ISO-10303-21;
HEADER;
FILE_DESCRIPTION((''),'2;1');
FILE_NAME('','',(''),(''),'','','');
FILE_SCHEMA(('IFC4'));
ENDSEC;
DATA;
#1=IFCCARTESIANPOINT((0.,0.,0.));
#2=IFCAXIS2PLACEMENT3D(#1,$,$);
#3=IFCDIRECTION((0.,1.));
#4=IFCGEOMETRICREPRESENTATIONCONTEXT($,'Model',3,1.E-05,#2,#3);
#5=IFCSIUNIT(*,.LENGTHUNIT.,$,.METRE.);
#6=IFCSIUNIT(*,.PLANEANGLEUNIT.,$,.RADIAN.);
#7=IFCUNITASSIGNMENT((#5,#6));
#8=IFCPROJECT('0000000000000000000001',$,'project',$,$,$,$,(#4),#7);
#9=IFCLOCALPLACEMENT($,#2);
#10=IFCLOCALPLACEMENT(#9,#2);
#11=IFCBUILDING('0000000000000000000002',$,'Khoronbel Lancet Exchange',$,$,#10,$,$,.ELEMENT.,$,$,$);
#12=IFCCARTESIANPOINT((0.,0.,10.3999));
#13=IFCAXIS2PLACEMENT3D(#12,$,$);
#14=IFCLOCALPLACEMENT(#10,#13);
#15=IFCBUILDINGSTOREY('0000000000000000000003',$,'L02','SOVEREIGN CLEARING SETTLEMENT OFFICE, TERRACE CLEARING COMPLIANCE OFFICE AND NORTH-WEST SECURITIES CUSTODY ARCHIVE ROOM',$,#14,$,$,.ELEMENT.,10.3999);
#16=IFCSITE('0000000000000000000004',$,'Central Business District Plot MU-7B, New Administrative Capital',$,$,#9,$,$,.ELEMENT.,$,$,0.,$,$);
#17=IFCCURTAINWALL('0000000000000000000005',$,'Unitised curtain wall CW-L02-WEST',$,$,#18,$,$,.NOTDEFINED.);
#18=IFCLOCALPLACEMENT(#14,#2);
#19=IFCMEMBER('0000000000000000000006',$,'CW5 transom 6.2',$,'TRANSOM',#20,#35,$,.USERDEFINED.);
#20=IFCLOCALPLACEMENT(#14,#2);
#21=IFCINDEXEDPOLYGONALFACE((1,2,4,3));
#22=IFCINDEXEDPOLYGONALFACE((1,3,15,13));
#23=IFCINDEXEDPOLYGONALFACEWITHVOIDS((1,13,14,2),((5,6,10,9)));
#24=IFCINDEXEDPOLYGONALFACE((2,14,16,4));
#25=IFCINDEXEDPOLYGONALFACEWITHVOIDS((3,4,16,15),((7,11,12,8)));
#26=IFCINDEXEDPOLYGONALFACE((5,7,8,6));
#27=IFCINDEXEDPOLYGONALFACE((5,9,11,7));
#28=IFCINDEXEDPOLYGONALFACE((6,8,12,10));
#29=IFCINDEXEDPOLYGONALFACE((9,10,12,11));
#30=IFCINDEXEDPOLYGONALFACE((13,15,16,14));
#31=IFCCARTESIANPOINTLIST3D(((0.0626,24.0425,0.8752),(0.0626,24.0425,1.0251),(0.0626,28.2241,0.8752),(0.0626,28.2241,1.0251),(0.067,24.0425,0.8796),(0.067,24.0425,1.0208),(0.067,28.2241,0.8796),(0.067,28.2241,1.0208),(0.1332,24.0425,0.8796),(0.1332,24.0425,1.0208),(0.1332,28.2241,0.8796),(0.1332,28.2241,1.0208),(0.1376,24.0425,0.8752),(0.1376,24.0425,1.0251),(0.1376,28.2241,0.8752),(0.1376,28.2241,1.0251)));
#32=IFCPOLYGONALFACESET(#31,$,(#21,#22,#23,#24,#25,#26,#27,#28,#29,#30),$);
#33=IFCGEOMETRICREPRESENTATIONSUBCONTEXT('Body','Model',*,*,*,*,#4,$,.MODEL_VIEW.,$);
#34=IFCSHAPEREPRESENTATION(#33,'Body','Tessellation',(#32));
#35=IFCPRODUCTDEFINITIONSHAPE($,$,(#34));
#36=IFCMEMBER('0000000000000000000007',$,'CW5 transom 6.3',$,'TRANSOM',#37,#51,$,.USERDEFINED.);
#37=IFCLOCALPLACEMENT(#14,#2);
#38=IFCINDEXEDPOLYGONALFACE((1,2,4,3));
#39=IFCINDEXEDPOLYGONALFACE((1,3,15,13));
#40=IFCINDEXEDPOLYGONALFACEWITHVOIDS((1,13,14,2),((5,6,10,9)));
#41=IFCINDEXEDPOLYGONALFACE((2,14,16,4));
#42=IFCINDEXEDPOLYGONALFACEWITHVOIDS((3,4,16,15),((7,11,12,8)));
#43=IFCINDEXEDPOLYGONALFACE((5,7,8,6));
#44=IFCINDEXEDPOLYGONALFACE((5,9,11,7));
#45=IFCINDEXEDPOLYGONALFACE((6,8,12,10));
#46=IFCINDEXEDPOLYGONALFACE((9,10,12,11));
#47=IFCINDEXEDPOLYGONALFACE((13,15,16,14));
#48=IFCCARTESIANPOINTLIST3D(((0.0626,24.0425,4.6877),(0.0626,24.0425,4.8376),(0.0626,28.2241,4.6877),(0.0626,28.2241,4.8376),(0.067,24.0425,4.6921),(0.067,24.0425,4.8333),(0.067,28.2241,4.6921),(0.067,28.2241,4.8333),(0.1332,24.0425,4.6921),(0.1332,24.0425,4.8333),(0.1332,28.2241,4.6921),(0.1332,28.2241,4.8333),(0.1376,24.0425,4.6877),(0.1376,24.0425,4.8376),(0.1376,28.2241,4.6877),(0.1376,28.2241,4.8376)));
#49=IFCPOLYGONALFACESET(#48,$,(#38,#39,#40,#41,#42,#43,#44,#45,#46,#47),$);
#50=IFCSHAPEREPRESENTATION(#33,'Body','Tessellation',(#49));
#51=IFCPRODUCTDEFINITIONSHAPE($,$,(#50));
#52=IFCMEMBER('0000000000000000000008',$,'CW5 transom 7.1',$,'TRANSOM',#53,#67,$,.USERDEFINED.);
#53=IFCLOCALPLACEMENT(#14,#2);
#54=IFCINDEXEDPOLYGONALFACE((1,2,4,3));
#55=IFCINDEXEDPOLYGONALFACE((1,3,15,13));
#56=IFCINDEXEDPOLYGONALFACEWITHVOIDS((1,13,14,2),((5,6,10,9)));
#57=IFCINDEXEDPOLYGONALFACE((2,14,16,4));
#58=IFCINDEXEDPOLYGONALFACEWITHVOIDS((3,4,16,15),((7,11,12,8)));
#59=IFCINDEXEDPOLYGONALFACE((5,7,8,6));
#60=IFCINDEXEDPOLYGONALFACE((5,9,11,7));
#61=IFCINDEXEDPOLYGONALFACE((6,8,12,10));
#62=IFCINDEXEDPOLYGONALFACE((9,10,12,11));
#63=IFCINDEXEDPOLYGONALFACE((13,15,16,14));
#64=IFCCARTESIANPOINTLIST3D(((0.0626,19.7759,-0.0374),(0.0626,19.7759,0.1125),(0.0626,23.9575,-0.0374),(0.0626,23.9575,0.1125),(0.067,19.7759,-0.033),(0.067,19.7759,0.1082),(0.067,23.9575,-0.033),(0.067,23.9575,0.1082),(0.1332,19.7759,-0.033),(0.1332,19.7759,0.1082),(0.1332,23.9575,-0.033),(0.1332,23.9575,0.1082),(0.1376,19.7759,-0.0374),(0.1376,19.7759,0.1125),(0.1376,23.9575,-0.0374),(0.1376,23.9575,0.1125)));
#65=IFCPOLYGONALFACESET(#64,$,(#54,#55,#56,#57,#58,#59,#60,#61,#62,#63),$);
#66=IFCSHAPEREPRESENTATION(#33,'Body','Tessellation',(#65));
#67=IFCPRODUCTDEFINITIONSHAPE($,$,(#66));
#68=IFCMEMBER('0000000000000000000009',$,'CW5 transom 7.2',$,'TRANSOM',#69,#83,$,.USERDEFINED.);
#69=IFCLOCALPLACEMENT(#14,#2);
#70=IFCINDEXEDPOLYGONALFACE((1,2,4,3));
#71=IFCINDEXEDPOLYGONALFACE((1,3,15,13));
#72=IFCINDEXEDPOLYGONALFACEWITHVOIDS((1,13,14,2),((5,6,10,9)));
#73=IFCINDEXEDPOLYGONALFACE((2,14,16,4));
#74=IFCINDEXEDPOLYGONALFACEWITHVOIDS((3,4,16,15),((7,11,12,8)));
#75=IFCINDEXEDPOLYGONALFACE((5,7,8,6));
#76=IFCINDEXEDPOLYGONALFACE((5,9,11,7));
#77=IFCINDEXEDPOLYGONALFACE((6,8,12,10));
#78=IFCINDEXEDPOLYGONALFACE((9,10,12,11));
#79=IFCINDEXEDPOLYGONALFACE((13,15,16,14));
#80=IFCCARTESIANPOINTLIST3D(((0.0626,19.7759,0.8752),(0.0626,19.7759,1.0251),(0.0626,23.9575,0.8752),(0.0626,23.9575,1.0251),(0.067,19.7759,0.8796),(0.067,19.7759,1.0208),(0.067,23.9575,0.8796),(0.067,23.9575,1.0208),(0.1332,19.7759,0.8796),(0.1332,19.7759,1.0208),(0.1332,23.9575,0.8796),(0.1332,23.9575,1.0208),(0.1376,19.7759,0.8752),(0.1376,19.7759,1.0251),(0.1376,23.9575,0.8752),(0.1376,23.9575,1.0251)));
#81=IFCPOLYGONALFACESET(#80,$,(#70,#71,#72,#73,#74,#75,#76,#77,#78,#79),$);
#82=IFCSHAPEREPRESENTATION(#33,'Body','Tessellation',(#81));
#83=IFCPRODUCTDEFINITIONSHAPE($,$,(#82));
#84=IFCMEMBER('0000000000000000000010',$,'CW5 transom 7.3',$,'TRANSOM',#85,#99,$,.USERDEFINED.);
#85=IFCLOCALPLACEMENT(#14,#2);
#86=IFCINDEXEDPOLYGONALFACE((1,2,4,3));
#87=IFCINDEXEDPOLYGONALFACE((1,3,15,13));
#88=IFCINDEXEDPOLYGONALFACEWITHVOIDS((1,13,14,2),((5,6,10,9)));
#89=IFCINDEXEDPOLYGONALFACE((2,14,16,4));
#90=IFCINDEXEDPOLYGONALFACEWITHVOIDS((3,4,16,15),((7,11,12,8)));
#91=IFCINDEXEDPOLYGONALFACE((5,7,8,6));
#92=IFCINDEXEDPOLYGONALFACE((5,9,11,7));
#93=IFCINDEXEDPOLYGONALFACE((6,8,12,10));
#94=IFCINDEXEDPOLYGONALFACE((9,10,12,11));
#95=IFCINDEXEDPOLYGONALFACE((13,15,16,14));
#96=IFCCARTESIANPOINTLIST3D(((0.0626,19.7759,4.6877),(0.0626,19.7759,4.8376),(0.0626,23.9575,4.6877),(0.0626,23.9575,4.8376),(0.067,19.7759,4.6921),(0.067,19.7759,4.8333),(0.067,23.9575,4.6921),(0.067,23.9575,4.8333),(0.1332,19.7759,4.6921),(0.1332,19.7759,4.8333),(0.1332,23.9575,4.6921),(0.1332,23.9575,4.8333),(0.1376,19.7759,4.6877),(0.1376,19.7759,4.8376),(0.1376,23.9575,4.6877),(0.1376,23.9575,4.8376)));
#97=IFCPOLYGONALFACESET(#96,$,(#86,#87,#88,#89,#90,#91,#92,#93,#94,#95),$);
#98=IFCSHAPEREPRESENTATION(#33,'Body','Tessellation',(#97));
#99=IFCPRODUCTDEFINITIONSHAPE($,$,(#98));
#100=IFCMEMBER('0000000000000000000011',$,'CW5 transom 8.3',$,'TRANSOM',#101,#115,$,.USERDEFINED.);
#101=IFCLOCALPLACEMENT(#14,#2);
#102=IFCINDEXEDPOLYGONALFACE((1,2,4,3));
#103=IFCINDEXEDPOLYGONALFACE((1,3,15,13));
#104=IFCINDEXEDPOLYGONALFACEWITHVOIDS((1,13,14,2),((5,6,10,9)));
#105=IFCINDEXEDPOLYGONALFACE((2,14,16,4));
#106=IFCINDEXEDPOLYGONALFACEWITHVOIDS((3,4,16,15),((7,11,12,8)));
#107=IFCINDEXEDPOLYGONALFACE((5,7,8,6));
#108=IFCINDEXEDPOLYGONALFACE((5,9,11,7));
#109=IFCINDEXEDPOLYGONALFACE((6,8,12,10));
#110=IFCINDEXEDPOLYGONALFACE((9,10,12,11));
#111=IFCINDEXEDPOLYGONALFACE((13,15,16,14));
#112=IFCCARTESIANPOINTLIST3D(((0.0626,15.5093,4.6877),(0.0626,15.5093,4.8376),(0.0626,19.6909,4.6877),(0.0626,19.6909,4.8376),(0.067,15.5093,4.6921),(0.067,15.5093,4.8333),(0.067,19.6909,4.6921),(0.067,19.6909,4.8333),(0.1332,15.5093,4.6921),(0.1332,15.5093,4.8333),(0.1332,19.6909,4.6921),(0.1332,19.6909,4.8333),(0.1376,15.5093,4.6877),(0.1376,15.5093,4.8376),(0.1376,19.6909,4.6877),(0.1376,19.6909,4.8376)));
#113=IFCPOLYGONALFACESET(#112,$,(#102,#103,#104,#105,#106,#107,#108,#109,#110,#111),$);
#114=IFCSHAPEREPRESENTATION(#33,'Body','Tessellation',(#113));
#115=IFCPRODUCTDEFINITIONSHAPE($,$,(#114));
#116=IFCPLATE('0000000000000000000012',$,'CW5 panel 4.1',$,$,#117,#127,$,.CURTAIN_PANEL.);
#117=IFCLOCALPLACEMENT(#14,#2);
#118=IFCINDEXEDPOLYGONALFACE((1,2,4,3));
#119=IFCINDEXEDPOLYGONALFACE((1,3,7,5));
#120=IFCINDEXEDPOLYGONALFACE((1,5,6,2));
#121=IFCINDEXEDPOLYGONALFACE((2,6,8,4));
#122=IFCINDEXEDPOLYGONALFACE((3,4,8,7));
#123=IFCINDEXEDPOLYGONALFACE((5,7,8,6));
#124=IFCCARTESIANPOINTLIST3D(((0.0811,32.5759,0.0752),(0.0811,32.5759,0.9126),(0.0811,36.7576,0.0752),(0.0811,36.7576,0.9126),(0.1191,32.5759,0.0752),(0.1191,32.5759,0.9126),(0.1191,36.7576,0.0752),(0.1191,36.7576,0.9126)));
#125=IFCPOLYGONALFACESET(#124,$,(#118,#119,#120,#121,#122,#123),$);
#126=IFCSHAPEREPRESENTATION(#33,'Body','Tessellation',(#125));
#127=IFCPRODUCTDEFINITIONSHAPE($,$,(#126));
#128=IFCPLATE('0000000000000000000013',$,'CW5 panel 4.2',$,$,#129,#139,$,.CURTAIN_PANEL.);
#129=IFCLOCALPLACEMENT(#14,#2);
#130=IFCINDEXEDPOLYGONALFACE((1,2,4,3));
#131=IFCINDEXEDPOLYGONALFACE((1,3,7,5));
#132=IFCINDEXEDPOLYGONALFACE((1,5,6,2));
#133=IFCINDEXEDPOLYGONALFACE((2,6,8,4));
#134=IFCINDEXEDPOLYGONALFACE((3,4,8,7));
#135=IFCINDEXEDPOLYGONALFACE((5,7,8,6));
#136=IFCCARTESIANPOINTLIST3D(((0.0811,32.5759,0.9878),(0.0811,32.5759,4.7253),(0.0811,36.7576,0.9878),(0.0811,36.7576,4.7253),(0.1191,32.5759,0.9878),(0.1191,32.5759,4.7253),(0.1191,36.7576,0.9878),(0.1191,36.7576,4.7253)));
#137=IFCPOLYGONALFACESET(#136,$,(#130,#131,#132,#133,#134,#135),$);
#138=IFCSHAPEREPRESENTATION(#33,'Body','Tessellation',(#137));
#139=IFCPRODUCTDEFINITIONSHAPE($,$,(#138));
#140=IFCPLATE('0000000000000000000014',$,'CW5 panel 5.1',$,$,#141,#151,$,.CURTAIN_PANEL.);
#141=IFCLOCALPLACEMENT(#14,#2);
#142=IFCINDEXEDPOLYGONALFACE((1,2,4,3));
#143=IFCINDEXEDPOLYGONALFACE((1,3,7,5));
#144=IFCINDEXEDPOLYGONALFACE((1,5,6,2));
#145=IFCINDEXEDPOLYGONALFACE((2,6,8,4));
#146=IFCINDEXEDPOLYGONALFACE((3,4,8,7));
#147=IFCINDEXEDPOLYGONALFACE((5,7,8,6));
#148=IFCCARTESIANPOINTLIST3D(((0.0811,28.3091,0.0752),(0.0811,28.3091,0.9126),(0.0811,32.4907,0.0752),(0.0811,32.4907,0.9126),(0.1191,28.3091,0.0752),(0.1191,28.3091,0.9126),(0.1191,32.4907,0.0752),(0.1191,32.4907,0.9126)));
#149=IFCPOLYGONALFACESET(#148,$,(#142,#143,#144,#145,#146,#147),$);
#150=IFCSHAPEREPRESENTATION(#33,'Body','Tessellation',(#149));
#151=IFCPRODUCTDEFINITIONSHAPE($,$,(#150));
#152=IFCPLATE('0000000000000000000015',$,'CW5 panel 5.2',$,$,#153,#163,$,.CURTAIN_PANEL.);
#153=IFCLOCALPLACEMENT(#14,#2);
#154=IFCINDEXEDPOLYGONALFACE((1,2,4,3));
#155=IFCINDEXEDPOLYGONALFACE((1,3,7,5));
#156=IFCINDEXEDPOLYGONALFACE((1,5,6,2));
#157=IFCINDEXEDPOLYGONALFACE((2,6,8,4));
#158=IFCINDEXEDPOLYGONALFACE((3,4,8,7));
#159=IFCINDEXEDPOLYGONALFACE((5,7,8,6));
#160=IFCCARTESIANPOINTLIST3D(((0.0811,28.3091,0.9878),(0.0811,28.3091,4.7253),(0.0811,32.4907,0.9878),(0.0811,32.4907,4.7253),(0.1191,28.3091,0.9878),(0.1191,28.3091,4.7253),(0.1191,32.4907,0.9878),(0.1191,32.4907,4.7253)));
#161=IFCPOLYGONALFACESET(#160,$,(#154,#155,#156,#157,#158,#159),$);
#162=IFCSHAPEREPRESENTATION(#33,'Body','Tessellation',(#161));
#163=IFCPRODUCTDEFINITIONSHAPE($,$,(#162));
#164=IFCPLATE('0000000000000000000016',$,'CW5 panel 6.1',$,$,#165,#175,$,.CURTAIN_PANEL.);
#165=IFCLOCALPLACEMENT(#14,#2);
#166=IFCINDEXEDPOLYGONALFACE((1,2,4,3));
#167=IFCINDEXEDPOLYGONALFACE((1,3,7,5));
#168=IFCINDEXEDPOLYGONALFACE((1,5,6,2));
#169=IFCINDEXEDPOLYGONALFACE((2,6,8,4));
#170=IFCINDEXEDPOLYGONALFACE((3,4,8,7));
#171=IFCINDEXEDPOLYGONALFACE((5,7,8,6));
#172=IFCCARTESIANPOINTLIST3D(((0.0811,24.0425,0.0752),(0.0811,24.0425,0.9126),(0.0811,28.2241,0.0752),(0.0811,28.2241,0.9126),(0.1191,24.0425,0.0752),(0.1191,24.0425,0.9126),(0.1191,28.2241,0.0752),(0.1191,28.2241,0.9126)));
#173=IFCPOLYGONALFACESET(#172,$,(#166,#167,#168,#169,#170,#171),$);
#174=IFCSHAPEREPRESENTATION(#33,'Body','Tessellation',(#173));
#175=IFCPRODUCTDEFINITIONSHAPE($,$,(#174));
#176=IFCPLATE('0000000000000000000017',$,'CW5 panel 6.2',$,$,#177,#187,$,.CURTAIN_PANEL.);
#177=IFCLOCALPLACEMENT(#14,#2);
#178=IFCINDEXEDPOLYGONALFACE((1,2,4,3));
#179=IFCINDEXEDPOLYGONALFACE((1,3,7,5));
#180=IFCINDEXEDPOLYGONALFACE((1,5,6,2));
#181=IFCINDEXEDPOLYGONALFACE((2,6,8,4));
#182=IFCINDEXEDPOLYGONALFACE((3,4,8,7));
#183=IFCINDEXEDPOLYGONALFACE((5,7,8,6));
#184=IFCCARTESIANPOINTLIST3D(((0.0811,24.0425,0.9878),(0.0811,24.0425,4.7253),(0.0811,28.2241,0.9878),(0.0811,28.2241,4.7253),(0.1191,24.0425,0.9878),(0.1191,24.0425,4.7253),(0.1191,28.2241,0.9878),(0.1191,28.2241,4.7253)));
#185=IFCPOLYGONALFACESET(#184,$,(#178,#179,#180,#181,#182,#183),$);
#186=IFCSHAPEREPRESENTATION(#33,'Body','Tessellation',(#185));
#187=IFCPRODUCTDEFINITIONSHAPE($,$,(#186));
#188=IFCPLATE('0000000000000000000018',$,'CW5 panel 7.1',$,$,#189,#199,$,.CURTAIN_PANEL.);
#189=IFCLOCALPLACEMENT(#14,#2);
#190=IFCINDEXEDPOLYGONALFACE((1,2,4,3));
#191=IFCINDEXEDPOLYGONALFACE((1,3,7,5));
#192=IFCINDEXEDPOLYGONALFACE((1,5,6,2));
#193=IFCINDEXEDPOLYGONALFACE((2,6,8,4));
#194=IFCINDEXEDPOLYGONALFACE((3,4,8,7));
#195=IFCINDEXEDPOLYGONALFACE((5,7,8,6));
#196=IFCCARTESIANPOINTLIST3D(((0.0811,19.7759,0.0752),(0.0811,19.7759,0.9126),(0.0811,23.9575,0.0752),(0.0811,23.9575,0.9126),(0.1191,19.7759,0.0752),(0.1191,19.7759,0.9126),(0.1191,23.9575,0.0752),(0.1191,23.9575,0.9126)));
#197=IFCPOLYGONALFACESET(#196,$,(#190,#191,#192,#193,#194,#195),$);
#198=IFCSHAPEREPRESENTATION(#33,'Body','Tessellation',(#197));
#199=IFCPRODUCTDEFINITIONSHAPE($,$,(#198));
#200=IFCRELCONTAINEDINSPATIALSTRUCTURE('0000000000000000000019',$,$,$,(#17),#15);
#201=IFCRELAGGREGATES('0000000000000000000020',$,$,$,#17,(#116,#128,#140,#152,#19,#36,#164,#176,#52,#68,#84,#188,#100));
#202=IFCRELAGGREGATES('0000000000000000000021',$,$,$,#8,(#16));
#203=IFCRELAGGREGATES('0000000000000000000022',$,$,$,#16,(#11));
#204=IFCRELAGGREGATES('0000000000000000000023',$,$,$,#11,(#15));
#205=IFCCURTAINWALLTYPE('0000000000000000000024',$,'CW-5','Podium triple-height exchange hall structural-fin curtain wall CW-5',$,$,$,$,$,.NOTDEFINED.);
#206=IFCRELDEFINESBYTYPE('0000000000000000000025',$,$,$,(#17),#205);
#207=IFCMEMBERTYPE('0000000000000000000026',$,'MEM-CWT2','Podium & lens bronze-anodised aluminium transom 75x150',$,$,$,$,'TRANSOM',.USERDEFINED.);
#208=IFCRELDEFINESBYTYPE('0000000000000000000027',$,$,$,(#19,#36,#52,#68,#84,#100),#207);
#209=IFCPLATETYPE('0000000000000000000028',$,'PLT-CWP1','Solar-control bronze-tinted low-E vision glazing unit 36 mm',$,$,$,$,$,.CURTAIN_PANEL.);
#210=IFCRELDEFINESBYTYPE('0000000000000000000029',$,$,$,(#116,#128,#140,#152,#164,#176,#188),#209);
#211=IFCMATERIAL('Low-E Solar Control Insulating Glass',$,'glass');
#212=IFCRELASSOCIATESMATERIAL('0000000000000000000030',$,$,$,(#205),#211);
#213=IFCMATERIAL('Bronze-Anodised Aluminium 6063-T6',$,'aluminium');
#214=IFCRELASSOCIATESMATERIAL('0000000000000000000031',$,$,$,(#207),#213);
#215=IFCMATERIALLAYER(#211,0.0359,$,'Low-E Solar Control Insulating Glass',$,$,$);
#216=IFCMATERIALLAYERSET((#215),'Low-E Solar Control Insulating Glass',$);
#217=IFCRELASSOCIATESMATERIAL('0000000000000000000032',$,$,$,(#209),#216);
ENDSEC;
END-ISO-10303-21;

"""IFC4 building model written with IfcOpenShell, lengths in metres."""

from ifc_helpers import new_model, si_unit, direction, frame, origin, origin_2d, place, context, subcontext, project, spatial, rectangle, hollow_rectangle, extrude, material, layer, layer_set, material_profile, profile_set, type_object, element, aggregate, save


model = new_model("IFC4")

# Units and contexts
model_context = context("Model", 3, precision=1e-05, world=origin(), true_north=direction((0.0, 1.0)))
body_context = subcontext(model_context, "Body", "Model", "MODEL_VIEW")
ifc_project = project(units=[si_unit("LENGTHUNIT", "METRE"), si_unit("PLANEANGLEUNIT", "RADIAN")], contexts=[model_context])

# Site, building, storey
site_placement = place(None, origin())
site = spatial("IfcSite", under=ifc_project, at=site_placement, Name="Central Business District Plot MU-7B, New Administrative Capital", CompositionType="ELEMENT", RefElevation=0.0)
building_placement = place(site_placement, origin())
building = spatial("IfcBuilding", under=site, at=building_placement, Name="Khoronbel Lancet Exchange", CompositionType="ELEMENT")
storey_placement = place(building_placement, frame((0.0, 0.0, 10.3999)))
storey = spatial("IfcBuildingStorey", under=building, at=storey_placement, Name="L02", Description="SOVEREIGN CLEARING SETTLEMENT OFFICE, TERRACE CLEARING COMPLIANCE OFFICE AND NORTH-WEST SECURITIES CUSTODY ARCHIVE ROOM", CompositionType="ELEMENT", Elevation=10.3999)

# Curtain wall, members, plates
ifc_material_1 = material(Name="Low-E Solar Control Insulating Glass", Category="glass")
curtain_wall_type = type_object("IfcCurtainWallType", Name="CW-5", Description="Podium triple-height exchange hall structural-fin curtain wall CW-5", PredefinedType="NOTDEFINED", material=ifc_material_1)
curtain_wall_placement = place(storey_placement, origin())
curtain_wall = element("IfcCurtainWall", 1, at=curtain_wall_placement, inside=storey, type_object=curtain_wall_type, Name="Unitised curtain wall CW-L02-WEST", PredefinedType="NOTDEFINED")
ifc_material_2 = material(Name="Bronze-Anodised Aluminium 6063-T6", Category="aluminium")
ifc_material_profile_1 = material_profile(ifc_material_2, hollow_rectangle(XDim=0.075, YDim=0.1499, WallThickness=0.0044, at=origin_2d()), Name="ALU TRANSOM 75x150")
ifc_profile_set_1 = profile_set([ifc_material_profile_1], Name="Bronze-Anodised Aluminium 6063-T6")
member_type_1 = type_object("IfcMemberType", Name="MEM-CWT2", Description="Podium & lens bronze-anodised aluminium transom 75x150", ElementType="TRANSOM", PredefinedType="USERDEFINED", material=ifc_profile_set_1)
member_1_placement = place(storey_placement, frame((0.1001, 28.2241, 0.9502), z_axis=(0.0, -1.0, 0.0), x_axis=(1.0, 0.0, 0.0)))
member_1 = element("IfcMember", 2, at=member_1_placement, type_object=member_type_1, Name="CW5 transom 6.2", ObjectType="TRANSOM", PredefinedType="USERDEFINED", context=body_context, shape_type="SweptSolid", body=[
    extrude(hollow_rectangle(XDim=0.075, YDim=0.1499, WallThickness=0.0044, at=origin_2d()), origin(), (0.0, 0.0, 1.0), 4.1816),
])
member_2_placement = place(storey_placement, frame((0.1001, 28.2241, 4.7627), z_axis=(0.0, -1.0, 0.0), x_axis=(1.0, 0.0, 0.0)))
member_2 = element("IfcMember", 3, at=member_2_placement, type_object=member_type_1, Name="CW5 transom 6.3", ObjectType="TRANSOM", PredefinedType="USERDEFINED", context=body_context, shape_type="SweptSolid", body=[
    extrude(hollow_rectangle(XDim=0.075, YDim=0.1499, WallThickness=0.0044, at=origin_2d()), origin(), (0.0, 0.0, 1.0), 4.1816),
])
member_3_placement = place(storey_placement, frame((0.1001, 23.9575, 0.0376), z_axis=(0.0, -1.0, 0.0), x_axis=(1.0, 0.0, 0.0)))
member_3 = element("IfcMember", 4, at=member_3_placement, type_object=member_type_1, Name="CW5 transom 7.1", ObjectType="TRANSOM", PredefinedType="USERDEFINED", context=body_context, shape_type="SweptSolid", body=[
    extrude(hollow_rectangle(XDim=0.075, YDim=0.1499, WallThickness=0.0044, at=origin_2d()), origin(), (0.0, 0.0, 1.0), 4.1816),
])
member_4_placement = place(storey_placement, frame((0.1001, 23.9575, 0.9502), z_axis=(0.0, -1.0, 0.0), x_axis=(1.0, 0.0, 0.0)))
member_4 = element("IfcMember", 5, at=member_4_placement, type_object=member_type_1, Name="CW5 transom 7.2", ObjectType="TRANSOM", PredefinedType="USERDEFINED", context=body_context, shape_type="SweptSolid", body=[
    extrude(hollow_rectangle(XDim=0.075, YDim=0.1499, WallThickness=0.0044, at=origin_2d()), origin(), (0.0, 0.0, 1.0), 4.1816),
])
member_5_placement = place(storey_placement, frame((0.1001, 23.9575, 4.7627), z_axis=(0.0, -1.0, 0.0), x_axis=(1.0, 0.0, 0.0)))
member_5 = element("IfcMember", 6, at=member_5_placement, type_object=member_type_1, Name="CW5 transom 7.3", ObjectType="TRANSOM", PredefinedType="USERDEFINED", context=body_context, shape_type="SweptSolid", body=[
    extrude(hollow_rectangle(XDim=0.075, YDim=0.1499, WallThickness=0.0044, at=origin_2d()), origin(), (0.0, 0.0, 1.0), 4.1816),
])
member_6_placement = place(storey_placement, frame((0.1001, 19.6909, 4.7627), z_axis=(0.0, -1.0, 0.0), x_axis=(1.0, 0.0, 0.0)))
member_6 = element("IfcMember", 7, at=member_6_placement, type_object=member_type_1, Name="CW5 transom 8.3", ObjectType="TRANSOM", PredefinedType="USERDEFINED", context=body_context, shape_type="SweptSolid", body=[
    extrude(hollow_rectangle(XDim=0.075, YDim=0.1499, WallThickness=0.0044, at=origin_2d()), origin(), (0.0, 0.0, 1.0), 4.1816),
])
ifc_layer_1 = layer(ifc_material_1, 0.0359, Name="Low-E Solar Control Insulating Glass")
ifc_layer_set_1 = layer_set([ifc_layer_1], Name="Low-E Solar Control Insulating Glass")
plate_type = type_object("IfcPlateType", Name="PLT-CWP1", Description="Solar-control bronze-tinted low-E vision glazing unit 36 mm", PredefinedType="CURTAIN_PANEL", material=ifc_layer_set_1)
plate_1_placement = place(storey_placement, frame((0.1001, 34.6667, 0.0752), z_axis=(0.0, 0.0, 1.0), x_axis=(0.0, -1.0, 0.0)))
plate_1 = element("IfcPlate", 8, at=plate_1_placement, type_object=plate_type, Name="CW5 panel 4.1", PredefinedType="CURTAIN_PANEL", context=body_context, shape_type="SweptSolid", body=[
    extrude(rectangle(XDim=4.1816, YDim=0.0381, at=origin_2d()), origin(), (0.0, 0.0, 1.0), 0.8374),
])
plate_2_placement = place(storey_placement, frame((0.1001, 34.6667, 0.9878), z_axis=(0.0, 0.0, 1.0), x_axis=(0.0, -1.0, 0.0)))
plate_2 = element("IfcPlate", 9, at=plate_2_placement, type_object=plate_type, Name="CW5 panel 4.2", PredefinedType="CURTAIN_PANEL", context=body_context, shape_type="SweptSolid", body=[
    extrude(rectangle(XDim=4.1816, YDim=0.0381, at=origin_2d()), origin(), (0.0, 0.0, 1.0), 3.7375),
])
plate_3_placement = place(storey_placement, frame((0.1001, 30.3999, 0.0752), z_axis=(0.0, 0.0, 1.0), x_axis=(0.0, -1.0, 0.0)))
plate_3 = element("IfcPlate", 10, at=plate_3_placement, type_object=plate_type, Name="CW5 panel 5.1", PredefinedType="CURTAIN_PANEL", context=body_context, shape_type="SweptSolid", body=[
    extrude(rectangle(XDim=4.1816, YDim=0.0381, at=origin_2d()), origin(), (0.0, 0.0, 1.0), 0.8374),
])
plate_4_placement = place(storey_placement, frame((0.1001, 30.3999, 0.9878), z_axis=(0.0, 0.0, 1.0), x_axis=(0.0, -1.0, 0.0)))
plate_4 = element("IfcPlate", 11, at=plate_4_placement, type_object=plate_type, Name="CW5 panel 5.2", PredefinedType="CURTAIN_PANEL", context=body_context, shape_type="SweptSolid", body=[
    extrude(rectangle(XDim=4.1816, YDim=0.0381, at=origin_2d()), origin(), (0.0, 0.0, 1.0), 3.7375),
])
plate_5_placement = place(storey_placement, frame((0.1001, 26.1333, 0.0752), z_axis=(0.0, 0.0, 1.0), x_axis=(0.0, -1.0, 0.0)))
plate_5 = element("IfcPlate", 12, at=plate_5_placement, type_object=plate_type, Name="CW5 panel 6.1", PredefinedType="CURTAIN_PANEL", context=body_context, shape_type="SweptSolid", body=[
    extrude(rectangle(XDim=4.1816, YDim=0.0381, at=origin_2d()), origin(), (0.0, 0.0, 1.0), 0.8374),
])
plate_6_placement = place(storey_placement, frame((0.1001, 26.1333, 0.9878), z_axis=(0.0, 0.0, 1.0), x_axis=(0.0, -1.0, 0.0)))
plate_6 = element("IfcPlate", 13, at=plate_6_placement, type_object=plate_type, Name="CW5 panel 6.2", PredefinedType="CURTAIN_PANEL", context=body_context, shape_type="SweptSolid", body=[
    extrude(rectangle(XDim=4.1816, YDim=0.0381, at=origin_2d()), origin(), (0.0, 0.0, 1.0), 3.7375),
])
plate_7_placement = place(storey_placement, frame((0.1001, 21.8667, 0.0752), z_axis=(0.0, 0.0, 1.0), x_axis=(0.0, -1.0, 0.0)))
plate_7 = element("IfcPlate", 14, at=plate_7_placement, type_object=plate_type, Name="CW5 panel 7.1", PredefinedType="CURTAIN_PANEL", context=body_context, shape_type="SweptSolid", body=[
    extrude(rectangle(XDim=4.1816, YDim=0.0381, at=origin_2d()), origin(), (0.0, 0.0, 1.0), 0.8374),
])
aggregate(curtain_wall, [plate_1, plate_2, plate_3, plate_4, member_1, member_2, plate_5, plate_6, member_3, member_4, member_5, plate_7, member_6])

save(model, "model.ifc")
